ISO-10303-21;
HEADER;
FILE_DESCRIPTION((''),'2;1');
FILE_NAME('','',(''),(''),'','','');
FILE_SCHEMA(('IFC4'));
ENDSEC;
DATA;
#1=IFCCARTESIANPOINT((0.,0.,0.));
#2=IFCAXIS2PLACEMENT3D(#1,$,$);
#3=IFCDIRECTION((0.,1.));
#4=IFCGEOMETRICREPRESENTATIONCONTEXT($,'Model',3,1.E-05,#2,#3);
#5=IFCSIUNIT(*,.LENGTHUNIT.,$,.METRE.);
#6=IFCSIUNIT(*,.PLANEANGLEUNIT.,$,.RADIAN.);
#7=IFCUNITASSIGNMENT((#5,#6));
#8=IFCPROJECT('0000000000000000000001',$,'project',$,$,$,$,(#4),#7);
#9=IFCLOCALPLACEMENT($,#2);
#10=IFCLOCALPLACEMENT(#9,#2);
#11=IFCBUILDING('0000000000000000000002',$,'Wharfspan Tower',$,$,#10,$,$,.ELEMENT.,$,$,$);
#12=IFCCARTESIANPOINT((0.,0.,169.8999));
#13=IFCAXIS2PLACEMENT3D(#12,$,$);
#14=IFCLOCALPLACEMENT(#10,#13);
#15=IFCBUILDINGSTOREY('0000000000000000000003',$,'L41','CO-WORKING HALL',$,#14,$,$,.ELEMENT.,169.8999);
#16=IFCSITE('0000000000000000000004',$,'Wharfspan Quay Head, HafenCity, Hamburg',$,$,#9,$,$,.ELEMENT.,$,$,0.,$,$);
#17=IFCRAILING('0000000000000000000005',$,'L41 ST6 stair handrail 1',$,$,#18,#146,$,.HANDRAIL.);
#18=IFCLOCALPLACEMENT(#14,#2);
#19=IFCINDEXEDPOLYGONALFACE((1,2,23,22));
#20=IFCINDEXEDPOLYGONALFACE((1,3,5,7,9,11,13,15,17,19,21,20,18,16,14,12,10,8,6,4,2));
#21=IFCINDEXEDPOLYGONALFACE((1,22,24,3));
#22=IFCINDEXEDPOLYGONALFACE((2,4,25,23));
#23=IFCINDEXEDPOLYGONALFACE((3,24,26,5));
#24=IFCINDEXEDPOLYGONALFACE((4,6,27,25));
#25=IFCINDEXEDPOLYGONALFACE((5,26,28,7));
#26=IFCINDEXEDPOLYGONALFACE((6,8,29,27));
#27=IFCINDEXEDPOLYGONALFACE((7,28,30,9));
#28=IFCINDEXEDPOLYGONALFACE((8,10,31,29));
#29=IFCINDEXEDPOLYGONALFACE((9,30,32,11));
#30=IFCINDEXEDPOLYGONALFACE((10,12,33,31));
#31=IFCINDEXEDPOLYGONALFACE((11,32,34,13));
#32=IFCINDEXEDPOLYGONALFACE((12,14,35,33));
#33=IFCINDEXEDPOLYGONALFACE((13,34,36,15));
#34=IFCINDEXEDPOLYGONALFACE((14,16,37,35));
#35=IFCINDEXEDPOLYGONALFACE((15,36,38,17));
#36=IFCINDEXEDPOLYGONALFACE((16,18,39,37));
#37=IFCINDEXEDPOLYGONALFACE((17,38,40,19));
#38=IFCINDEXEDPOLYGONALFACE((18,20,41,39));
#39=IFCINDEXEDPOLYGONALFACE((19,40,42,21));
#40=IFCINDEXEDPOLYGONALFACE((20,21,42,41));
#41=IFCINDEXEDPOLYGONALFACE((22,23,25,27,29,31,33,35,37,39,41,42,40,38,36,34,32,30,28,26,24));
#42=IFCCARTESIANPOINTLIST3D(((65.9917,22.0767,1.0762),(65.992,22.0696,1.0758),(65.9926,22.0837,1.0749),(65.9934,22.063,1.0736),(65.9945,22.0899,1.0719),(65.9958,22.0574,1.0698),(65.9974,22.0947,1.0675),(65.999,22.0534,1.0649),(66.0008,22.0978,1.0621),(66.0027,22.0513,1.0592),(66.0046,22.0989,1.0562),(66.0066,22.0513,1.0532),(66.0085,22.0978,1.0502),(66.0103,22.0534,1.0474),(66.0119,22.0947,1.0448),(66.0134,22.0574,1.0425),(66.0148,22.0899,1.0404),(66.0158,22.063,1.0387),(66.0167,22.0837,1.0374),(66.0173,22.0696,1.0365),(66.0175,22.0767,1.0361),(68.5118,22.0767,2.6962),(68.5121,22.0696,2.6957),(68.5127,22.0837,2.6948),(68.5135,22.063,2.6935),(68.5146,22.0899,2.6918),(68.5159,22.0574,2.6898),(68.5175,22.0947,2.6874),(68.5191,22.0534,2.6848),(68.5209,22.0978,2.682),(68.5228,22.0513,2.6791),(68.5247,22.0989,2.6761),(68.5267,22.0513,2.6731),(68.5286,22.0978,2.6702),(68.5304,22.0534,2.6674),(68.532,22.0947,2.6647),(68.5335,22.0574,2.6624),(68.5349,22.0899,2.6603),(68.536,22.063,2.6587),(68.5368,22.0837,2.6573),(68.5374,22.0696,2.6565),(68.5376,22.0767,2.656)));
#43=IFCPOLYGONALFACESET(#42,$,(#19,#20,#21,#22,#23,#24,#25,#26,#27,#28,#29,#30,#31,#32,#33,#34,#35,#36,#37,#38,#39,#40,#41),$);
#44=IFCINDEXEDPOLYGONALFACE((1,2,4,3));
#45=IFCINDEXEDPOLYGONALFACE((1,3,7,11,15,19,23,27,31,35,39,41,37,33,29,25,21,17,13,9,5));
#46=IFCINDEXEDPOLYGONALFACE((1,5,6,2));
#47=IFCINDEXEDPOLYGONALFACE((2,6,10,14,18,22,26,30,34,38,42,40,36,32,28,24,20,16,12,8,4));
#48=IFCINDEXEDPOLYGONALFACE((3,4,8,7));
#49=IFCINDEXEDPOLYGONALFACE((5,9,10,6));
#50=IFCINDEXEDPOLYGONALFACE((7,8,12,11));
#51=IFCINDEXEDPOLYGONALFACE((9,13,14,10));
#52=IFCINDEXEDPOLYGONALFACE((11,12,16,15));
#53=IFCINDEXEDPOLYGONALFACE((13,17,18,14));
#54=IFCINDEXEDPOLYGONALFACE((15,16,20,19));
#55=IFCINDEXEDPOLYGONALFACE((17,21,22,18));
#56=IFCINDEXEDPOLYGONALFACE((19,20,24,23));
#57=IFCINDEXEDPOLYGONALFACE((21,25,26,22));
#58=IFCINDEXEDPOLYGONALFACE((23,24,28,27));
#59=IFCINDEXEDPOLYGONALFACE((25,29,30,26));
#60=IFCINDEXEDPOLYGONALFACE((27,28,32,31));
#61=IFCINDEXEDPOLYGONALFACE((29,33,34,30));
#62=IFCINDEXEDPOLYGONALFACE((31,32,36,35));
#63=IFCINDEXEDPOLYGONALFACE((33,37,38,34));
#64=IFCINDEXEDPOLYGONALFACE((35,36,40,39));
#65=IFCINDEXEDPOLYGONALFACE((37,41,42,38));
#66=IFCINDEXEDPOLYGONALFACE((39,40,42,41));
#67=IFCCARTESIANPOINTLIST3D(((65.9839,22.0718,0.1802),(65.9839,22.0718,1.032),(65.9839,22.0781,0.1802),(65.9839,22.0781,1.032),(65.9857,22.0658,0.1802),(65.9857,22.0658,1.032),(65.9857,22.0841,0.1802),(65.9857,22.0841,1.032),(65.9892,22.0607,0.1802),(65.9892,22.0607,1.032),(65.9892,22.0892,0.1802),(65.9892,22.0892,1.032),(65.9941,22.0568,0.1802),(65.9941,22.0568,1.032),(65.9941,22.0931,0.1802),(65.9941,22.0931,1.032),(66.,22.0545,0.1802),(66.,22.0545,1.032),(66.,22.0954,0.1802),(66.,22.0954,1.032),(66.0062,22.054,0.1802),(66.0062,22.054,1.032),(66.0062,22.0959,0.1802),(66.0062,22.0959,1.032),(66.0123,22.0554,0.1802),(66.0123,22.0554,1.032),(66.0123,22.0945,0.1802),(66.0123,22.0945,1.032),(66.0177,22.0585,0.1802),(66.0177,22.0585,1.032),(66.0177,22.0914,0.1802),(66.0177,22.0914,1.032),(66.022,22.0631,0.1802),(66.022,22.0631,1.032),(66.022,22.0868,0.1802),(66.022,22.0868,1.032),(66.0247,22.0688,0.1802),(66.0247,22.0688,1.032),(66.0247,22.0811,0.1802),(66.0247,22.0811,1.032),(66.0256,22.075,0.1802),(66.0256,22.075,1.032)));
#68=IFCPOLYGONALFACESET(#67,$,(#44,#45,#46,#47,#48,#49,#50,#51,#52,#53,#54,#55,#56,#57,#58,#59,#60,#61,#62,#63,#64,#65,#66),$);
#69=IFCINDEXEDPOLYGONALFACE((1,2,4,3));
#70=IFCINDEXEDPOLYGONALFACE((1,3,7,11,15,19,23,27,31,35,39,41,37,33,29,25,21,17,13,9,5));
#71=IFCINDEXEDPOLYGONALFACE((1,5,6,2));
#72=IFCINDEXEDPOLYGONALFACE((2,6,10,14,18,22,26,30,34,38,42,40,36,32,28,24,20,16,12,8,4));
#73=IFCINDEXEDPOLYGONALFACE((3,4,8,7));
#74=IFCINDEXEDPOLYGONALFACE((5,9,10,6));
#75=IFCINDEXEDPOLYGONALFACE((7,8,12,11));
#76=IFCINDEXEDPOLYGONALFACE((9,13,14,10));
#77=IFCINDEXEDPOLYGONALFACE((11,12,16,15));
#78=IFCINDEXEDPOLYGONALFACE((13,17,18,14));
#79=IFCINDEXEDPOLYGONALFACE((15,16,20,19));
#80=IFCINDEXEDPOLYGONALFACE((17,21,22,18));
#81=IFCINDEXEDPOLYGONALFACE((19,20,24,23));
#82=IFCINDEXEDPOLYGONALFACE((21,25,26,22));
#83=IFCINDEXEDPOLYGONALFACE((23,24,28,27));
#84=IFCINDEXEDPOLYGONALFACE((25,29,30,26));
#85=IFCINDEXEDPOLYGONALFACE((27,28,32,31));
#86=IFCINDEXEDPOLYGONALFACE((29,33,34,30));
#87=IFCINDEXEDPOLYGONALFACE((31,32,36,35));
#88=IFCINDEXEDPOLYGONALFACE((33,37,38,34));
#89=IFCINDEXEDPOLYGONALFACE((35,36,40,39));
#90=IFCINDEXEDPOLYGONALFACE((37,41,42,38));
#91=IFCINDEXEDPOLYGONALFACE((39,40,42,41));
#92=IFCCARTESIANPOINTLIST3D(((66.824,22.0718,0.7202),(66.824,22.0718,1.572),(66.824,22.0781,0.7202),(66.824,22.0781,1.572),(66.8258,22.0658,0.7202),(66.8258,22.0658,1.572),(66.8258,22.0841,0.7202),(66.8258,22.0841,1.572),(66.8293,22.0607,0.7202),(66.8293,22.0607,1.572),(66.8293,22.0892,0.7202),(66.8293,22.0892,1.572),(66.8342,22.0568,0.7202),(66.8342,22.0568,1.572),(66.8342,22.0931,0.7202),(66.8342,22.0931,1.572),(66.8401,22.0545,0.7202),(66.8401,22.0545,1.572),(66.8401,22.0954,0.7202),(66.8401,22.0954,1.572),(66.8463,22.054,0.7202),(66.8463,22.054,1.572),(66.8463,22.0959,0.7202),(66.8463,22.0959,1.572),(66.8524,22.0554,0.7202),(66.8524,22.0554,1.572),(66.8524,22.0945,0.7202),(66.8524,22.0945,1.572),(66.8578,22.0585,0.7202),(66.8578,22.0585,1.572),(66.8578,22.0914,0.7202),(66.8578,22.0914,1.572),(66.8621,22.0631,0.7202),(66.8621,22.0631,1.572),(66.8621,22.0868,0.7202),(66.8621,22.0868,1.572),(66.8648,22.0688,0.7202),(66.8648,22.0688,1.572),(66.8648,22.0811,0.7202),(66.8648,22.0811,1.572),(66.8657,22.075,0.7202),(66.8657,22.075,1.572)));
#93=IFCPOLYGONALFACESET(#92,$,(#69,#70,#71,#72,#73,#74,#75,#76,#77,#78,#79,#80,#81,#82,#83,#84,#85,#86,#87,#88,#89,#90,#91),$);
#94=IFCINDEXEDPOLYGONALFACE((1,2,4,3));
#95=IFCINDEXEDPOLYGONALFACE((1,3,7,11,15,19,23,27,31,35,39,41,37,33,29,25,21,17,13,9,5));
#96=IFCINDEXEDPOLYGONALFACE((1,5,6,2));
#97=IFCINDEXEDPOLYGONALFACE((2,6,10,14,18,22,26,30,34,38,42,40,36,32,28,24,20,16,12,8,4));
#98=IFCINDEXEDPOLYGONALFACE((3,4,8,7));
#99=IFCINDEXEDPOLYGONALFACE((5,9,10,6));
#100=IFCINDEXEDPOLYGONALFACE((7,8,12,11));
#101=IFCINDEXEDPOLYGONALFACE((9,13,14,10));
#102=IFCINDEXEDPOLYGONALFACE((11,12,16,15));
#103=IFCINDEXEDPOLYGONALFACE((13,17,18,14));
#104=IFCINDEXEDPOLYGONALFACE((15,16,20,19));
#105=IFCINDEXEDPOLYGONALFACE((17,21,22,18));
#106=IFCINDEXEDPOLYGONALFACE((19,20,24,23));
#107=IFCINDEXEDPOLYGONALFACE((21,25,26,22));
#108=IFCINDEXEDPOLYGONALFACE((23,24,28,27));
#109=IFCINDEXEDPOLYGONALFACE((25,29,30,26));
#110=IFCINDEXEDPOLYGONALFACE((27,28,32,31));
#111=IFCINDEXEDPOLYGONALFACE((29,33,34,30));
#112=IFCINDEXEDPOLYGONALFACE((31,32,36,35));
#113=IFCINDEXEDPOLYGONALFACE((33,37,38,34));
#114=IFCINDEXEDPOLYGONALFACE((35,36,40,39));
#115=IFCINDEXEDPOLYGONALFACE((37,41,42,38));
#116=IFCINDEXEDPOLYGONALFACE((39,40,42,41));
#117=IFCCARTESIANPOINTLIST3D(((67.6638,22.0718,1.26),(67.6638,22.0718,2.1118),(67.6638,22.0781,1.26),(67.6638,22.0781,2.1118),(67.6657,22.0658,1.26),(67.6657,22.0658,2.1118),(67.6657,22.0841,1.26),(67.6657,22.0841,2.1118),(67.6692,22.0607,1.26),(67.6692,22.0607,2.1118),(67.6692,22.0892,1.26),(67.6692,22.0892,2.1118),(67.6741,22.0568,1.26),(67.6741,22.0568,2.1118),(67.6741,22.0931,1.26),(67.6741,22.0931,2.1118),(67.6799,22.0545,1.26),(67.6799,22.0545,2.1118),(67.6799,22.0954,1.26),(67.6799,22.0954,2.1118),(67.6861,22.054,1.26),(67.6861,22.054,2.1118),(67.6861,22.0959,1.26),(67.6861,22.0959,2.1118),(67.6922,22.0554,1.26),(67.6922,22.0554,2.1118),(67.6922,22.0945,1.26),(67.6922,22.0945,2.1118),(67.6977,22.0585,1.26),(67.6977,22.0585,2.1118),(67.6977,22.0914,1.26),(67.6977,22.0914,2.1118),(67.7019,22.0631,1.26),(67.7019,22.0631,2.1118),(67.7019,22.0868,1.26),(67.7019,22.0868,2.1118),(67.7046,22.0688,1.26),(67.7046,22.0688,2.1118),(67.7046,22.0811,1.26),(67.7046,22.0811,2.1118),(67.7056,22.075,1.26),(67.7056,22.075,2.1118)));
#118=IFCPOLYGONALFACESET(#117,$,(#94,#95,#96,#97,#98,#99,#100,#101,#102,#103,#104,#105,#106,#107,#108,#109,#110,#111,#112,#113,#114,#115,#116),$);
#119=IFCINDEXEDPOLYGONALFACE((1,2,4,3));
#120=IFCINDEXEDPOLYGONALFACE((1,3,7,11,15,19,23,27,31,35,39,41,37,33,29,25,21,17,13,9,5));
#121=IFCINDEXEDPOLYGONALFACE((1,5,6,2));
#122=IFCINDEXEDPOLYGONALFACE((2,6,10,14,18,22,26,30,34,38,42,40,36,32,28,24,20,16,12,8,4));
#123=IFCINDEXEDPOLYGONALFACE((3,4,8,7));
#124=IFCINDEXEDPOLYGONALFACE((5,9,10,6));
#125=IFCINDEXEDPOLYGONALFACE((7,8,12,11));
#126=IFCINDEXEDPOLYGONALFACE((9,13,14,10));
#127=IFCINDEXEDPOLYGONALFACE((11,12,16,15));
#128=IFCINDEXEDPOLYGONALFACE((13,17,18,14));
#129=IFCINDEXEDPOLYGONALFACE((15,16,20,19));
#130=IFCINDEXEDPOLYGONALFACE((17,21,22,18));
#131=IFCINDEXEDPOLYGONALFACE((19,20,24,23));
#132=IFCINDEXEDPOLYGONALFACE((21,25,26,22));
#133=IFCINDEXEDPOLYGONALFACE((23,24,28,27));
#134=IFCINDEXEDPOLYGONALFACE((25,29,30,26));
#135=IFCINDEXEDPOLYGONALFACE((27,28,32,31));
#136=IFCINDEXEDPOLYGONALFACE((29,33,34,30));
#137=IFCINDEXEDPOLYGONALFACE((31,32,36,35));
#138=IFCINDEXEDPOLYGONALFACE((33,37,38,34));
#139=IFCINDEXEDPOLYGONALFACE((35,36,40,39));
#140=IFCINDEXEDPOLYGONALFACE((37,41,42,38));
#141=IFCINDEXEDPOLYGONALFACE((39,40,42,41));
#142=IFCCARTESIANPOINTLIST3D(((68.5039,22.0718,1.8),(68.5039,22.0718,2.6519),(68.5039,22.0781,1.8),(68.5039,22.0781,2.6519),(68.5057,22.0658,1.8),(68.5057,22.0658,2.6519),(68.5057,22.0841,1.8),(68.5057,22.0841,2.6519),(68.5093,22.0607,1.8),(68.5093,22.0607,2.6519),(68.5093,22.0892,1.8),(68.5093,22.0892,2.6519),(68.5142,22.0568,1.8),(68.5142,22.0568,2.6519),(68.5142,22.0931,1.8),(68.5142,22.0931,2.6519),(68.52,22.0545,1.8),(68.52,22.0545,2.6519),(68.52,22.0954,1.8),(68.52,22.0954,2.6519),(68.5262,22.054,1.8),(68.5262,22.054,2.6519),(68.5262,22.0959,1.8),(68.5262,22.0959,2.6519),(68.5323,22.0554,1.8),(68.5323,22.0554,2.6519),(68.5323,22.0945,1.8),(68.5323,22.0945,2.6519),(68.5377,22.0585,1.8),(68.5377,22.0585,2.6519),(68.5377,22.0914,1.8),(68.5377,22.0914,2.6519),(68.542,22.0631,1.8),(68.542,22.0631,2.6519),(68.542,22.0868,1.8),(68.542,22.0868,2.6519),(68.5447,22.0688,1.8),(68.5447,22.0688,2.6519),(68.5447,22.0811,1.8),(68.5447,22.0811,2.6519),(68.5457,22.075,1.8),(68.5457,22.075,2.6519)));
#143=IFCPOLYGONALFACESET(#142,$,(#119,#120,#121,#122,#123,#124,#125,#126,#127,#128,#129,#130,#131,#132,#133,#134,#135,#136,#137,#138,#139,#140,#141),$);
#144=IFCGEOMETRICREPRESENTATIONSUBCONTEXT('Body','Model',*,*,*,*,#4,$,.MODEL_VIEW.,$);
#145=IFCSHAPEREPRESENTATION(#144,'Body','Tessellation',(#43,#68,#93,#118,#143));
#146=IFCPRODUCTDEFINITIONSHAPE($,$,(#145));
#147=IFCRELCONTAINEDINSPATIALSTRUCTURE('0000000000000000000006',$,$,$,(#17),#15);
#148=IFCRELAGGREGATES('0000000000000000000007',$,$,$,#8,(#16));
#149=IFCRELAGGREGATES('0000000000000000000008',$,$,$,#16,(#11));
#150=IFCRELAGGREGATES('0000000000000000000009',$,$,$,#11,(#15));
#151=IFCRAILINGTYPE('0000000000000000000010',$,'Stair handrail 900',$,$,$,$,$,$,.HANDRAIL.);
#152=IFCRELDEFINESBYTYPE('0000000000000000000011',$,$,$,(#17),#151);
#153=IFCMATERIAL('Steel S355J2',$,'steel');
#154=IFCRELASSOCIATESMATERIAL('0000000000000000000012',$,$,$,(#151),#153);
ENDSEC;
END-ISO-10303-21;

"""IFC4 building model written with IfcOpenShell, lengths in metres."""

from ifc_helpers import new_model, si_unit, direction, frame, origin, origin_2d, place, context, subcontext, project, spatial, circle, extrude, material, type_object, element, save


model = new_model("IFC4")

# Units and contexts
model_context = context("Model", 3, precision=1e-05, world=origin(), true_north=direction((0.0, 1.0)))
body_context = subcontext(model_context, "Body", "Model", "MODEL_VIEW")
ifc_project = project(units=[si_unit("LENGTHUNIT", "METRE"), si_unit("PLANEANGLEUNIT", "RADIAN")], contexts=[model_context])

# Site, building, storey
site_placement = place(None, origin())
site = spatial("IfcSite", under=ifc_project, at=site_placement, Name="Wharfspan Quay Head, HafenCity, Hamburg", CompositionType="ELEMENT", RefElevation=0.0)
building_placement = place(site_placement, origin())
building = spatial("IfcBuilding", under=site, at=building_placement, Name="Wharfspan Tower", CompositionType="ELEMENT")
storey_placement = place(building_placement, frame((0.0, 0.0, 169.8999)))
storey = spatial("IfcBuildingStorey", under=building, at=storey_placement, Name="L41", Description="CO-WORKING HALL", CompositionType="ELEMENT", Elevation=169.8999)

# Railing
ifc_material_1 = material(Name="Steel S355J2", Category="steel")
railing_type_1 = type_object("IfcRailingType", Name="Stair handrail 900", PredefinedType="HANDRAIL", material=ifc_material_1)
railing_1_placement = place(storey_placement, frame((66.0046, 22.075, 0.1802)))
element("IfcRailing", 1, at=railing_1_placement, inside=storey, type_object=railing_type_1, Name="L41 ST6 stair handrail 1", PredefinedType="HANDRAIL", context=body_context, shape_type="SweptSolid", body=[
    extrude(circle(Radius=0.0239, at=origin_2d()), frame((0.0, 0.0, 0.876), z_axis=(0.8412, 0.0, 0.540725), x_axis=(0.0, 1.0, 0.0)), (0.0, 0.0, 1.0), 2.9958),
    extrude(circle(Radius=0.021, at=origin_2d()), origin(), (0.0, 0.0, 1.0), 0.8518),
    extrude(circle(Radius=0.021, at=origin_2d()), frame((0.8401, 0.0, 0.54)), (0.0, 0.0, 1.0), 0.8518),
    extrude(circle(Radius=0.021, at=origin_2d()), frame((1.6799, 0.0, 1.0798)), (0.0, 0.0, 1.0), 0.8518),
    extrude(circle(Radius=0.021, at=origin_2d()), frame((2.52, 0.0, 1.6199)), (0.0, 0.0, 1.0), 0.8518),
])

save(model, "model.ifc")
